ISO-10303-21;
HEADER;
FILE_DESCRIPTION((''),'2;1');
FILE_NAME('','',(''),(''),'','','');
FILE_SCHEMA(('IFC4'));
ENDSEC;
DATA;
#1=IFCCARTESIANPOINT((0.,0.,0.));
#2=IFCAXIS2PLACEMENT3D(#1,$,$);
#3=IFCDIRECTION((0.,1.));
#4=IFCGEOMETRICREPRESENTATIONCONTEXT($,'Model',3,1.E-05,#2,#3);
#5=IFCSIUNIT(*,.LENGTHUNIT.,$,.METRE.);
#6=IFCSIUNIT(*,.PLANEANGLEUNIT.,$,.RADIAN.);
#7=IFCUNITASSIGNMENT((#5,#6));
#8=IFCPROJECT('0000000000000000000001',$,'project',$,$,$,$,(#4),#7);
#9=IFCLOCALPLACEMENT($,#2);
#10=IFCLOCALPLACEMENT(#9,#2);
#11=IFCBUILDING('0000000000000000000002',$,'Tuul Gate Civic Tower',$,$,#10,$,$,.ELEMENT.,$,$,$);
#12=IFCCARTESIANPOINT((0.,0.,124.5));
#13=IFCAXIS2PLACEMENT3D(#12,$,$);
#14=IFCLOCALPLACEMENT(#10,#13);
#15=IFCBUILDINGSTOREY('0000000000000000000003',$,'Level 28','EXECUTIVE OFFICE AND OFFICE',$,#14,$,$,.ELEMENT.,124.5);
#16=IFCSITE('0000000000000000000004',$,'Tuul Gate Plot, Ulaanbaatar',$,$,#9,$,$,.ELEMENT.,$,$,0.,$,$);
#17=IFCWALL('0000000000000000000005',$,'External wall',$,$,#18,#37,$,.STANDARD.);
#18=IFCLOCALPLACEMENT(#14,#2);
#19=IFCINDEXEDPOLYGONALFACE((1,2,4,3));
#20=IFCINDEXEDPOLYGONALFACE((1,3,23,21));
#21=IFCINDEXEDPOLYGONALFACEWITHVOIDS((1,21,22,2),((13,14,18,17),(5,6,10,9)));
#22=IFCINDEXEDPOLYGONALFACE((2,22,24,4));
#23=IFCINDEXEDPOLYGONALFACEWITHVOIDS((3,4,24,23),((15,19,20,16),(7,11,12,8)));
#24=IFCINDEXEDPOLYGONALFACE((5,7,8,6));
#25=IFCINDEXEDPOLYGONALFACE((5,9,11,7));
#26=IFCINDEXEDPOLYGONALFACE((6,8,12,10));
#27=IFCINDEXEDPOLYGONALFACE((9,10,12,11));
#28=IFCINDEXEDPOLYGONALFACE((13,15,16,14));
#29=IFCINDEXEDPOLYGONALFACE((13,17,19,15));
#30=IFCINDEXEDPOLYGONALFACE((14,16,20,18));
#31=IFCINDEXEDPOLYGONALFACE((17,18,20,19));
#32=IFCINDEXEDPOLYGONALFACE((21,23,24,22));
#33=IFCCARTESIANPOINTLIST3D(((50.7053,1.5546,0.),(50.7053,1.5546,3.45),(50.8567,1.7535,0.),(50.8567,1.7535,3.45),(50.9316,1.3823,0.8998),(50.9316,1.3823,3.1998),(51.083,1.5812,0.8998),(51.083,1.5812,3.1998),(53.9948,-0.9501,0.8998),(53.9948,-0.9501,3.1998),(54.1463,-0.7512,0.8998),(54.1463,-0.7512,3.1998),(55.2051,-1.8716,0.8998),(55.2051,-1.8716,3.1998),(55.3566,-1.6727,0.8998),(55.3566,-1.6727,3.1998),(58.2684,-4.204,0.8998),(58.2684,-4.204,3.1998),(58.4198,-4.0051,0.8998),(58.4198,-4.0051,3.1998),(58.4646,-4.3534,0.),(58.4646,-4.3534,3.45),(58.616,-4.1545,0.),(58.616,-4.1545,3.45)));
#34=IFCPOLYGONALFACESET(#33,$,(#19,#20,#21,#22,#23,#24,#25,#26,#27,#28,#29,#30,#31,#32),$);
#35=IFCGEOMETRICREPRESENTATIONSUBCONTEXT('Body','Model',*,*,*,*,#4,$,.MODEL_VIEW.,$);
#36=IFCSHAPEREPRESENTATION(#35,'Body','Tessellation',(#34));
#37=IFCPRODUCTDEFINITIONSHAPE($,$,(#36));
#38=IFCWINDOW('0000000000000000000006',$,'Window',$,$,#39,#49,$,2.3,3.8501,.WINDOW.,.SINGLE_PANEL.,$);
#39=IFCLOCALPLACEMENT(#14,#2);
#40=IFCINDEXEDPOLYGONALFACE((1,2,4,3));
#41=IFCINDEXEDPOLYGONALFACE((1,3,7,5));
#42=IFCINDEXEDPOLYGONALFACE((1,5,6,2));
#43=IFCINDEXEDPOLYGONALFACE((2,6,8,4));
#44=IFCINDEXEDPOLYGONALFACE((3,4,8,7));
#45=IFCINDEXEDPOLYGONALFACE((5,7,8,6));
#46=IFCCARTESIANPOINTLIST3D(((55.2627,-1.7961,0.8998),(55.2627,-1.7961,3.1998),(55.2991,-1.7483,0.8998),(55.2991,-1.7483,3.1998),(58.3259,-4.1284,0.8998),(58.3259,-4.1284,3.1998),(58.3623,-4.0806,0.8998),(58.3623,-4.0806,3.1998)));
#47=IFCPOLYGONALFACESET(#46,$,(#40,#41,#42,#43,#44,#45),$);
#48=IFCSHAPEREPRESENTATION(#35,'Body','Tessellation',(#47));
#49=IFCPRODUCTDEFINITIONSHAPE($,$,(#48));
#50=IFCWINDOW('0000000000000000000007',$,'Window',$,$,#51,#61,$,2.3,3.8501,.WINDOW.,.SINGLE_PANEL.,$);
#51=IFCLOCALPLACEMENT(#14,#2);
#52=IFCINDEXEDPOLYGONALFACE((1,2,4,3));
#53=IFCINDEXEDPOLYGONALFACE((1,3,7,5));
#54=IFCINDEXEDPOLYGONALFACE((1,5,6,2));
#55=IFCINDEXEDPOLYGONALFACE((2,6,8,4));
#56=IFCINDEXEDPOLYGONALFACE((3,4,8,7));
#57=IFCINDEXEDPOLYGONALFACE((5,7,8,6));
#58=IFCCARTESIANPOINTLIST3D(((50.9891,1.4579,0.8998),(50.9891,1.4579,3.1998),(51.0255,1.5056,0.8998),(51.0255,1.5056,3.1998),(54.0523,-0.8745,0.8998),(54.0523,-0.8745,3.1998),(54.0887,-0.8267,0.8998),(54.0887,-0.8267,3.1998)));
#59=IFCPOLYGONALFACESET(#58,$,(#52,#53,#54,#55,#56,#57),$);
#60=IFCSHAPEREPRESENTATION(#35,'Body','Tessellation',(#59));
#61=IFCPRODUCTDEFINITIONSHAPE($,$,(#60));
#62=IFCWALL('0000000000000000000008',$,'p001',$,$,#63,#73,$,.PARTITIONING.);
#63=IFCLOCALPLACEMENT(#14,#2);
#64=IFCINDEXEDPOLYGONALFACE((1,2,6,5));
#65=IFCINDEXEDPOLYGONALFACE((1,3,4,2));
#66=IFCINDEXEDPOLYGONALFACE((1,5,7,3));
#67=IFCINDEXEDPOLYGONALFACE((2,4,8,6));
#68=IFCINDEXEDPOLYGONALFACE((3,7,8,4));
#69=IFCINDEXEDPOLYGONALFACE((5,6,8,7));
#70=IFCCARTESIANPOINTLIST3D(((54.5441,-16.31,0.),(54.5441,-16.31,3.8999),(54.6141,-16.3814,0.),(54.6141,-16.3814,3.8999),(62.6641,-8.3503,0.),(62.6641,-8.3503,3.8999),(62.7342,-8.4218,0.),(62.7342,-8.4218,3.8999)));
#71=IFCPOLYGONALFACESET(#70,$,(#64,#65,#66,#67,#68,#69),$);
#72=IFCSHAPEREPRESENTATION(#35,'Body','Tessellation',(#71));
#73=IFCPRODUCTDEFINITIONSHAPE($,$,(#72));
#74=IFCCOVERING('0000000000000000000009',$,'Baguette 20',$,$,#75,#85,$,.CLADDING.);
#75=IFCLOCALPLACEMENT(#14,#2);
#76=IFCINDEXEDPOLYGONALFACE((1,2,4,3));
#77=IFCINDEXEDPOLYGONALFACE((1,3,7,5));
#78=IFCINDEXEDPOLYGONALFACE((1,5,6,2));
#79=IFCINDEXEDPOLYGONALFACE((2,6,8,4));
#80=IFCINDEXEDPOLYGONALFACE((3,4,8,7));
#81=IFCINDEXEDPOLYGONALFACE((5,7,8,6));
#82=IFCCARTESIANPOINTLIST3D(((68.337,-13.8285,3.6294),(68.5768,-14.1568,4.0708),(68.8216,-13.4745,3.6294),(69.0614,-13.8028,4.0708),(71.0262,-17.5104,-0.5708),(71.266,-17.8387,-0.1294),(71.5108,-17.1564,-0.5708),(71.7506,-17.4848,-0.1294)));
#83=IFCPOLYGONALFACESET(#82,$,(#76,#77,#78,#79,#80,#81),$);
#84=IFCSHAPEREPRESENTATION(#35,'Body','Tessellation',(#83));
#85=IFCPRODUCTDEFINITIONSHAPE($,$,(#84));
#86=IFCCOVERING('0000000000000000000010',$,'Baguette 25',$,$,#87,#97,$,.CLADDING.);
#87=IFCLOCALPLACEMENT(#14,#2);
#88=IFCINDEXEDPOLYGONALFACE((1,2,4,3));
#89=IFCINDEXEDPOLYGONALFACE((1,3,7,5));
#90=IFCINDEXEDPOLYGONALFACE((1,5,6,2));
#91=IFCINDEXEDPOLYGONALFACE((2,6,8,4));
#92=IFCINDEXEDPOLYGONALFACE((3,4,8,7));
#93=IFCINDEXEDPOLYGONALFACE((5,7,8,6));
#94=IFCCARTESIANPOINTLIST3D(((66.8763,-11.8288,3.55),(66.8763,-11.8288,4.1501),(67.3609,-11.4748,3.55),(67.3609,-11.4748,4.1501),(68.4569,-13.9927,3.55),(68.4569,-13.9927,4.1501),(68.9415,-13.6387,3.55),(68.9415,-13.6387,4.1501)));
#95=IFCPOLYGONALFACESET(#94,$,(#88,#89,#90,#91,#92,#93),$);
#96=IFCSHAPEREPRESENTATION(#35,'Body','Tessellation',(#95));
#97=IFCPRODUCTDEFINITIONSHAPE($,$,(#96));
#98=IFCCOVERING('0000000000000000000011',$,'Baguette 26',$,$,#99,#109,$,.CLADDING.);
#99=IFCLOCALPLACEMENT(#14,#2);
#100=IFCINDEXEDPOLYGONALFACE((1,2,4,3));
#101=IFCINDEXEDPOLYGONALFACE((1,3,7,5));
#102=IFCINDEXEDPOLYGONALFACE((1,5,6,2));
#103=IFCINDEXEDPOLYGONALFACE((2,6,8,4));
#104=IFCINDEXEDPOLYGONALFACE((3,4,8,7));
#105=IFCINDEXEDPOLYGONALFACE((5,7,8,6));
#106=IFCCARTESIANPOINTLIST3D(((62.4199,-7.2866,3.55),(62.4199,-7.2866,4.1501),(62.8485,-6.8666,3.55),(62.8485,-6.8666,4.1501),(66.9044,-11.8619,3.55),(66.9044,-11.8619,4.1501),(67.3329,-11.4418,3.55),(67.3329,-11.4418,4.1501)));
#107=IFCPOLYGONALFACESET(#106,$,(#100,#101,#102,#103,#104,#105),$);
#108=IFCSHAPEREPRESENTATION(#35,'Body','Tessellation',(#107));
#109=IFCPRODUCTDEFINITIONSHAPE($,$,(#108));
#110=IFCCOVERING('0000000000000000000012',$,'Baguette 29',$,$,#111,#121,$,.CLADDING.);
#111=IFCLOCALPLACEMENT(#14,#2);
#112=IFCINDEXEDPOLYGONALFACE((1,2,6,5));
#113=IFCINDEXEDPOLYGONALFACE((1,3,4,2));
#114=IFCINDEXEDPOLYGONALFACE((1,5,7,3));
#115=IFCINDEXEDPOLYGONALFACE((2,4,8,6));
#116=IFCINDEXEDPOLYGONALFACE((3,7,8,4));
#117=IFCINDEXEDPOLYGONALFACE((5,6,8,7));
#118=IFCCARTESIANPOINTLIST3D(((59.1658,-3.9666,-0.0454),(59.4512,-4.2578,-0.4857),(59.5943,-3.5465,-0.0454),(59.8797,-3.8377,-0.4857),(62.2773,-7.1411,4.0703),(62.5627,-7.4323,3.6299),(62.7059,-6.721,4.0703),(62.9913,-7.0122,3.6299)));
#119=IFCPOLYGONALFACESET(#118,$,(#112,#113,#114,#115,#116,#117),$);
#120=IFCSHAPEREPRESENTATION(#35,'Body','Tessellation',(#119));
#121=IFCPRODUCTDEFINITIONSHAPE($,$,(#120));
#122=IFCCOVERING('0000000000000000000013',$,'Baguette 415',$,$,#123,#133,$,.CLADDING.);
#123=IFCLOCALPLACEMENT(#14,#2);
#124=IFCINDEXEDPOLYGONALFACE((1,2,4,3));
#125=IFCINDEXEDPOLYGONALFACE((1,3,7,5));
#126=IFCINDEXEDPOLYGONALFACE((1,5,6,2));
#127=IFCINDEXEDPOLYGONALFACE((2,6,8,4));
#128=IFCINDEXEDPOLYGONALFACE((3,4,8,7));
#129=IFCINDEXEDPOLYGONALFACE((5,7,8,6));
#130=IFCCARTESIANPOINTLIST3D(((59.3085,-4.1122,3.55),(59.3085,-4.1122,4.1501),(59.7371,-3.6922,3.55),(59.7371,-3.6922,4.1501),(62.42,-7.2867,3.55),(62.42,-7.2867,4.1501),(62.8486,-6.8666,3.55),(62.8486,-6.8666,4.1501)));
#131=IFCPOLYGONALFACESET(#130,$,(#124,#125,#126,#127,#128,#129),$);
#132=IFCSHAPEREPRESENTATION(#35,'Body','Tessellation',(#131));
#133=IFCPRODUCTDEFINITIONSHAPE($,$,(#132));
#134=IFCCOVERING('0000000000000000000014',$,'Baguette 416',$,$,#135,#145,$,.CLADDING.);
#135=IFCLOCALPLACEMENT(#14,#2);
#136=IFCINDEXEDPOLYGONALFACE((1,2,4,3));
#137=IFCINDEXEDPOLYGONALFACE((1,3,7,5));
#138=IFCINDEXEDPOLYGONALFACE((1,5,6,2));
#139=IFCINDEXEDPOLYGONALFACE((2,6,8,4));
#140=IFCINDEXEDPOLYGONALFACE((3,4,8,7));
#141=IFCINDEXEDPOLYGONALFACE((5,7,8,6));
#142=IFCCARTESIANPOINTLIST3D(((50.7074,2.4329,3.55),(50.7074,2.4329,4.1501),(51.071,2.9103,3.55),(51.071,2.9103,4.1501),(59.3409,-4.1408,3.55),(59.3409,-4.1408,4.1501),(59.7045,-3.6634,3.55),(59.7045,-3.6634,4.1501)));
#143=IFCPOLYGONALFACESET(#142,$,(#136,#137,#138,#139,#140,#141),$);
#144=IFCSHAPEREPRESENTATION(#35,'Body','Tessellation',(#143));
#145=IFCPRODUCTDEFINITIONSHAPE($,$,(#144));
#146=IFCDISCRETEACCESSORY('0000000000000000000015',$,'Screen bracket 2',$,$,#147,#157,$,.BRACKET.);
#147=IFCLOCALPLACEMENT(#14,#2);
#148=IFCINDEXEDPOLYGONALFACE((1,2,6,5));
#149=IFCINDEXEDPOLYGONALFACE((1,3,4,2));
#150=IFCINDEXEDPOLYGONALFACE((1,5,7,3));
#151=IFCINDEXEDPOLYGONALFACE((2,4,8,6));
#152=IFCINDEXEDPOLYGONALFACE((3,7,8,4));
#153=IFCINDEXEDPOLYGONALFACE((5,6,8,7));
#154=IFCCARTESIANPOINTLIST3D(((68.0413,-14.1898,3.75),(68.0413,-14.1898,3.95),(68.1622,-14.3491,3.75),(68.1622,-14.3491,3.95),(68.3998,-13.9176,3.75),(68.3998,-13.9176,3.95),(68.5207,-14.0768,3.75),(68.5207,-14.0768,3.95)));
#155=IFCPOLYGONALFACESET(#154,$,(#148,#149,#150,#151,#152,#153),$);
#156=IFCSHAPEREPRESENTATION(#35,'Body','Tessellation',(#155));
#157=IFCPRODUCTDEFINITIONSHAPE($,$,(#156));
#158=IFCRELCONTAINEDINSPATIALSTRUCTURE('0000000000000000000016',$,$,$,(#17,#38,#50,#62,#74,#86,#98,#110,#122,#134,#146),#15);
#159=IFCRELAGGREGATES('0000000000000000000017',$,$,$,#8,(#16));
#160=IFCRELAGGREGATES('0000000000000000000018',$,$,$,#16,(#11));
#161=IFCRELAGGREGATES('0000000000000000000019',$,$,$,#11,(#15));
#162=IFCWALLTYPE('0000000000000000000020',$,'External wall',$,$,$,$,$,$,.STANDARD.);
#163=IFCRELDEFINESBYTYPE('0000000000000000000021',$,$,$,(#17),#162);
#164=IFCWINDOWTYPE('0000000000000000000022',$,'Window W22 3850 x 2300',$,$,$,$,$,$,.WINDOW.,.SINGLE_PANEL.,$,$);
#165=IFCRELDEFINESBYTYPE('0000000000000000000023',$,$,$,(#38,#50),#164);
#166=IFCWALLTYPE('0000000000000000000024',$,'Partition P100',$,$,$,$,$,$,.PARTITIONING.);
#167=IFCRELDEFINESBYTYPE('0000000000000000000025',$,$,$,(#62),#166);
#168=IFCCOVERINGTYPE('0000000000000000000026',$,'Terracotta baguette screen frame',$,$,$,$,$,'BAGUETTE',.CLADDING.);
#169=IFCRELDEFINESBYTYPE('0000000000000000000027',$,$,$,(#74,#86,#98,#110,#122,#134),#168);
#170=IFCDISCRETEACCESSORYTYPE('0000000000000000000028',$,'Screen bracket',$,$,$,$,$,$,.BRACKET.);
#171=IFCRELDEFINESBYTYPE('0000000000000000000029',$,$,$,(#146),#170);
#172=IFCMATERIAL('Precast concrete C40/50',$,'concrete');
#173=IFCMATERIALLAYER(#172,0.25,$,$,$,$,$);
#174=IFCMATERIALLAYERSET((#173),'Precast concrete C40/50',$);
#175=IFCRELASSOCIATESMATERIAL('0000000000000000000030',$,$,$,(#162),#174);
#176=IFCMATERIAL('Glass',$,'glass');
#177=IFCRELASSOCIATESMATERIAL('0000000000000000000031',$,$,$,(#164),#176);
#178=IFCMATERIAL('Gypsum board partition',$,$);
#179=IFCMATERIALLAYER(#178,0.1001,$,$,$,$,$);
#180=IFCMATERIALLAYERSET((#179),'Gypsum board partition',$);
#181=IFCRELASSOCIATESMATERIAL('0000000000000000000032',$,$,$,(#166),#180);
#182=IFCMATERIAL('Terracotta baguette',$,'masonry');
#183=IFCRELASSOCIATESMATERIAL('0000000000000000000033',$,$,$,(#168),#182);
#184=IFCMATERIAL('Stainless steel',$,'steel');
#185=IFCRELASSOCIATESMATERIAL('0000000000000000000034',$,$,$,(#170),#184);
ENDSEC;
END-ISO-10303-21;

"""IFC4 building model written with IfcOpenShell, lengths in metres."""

from ifc_helpers import new_model, si_unit, direction, frame, frame_2d, origin, origin_2d, place, context, subcontext, project, spatial, rectangle, extrude, material, layer, layer_set, material_profile, profile_set, type_object, element, fill, save


model = new_model("IFC4")

# Units and contexts
model_context = context("Model", 3, precision=1e-05, world=origin(), true_north=direction((0.0, 1.0)))
body_context = subcontext(model_context, "Body", "Model", "MODEL_VIEW")
ifc_project = project(units=[si_unit("LENGTHUNIT", "METRE"), si_unit("PLANEANGLEUNIT", "RADIAN")], contexts=[model_context])

# Site, building, storey
site_placement = place(None, origin())
site = spatial("IfcSite", under=ifc_project, at=site_placement, Name="Tuul Gate Plot, Ulaanbaatar", CompositionType="ELEMENT", RefElevation=0.0)
building_placement = place(site_placement, origin())
building = spatial("IfcBuilding", under=site, at=building_placement, Name="Tuul Gate Civic Tower", CompositionType="ELEMENT")
storey_placement = place(building_placement, frame((0.0, 0.0, 124.5)))
storey = spatial("IfcBuildingStorey", under=building, at=storey_placement, Name="Level 28", Description="EXECUTIVE OFFICE AND OFFICE", CompositionType="ELEMENT", Elevation=124.5)

# Wall, openings, windows
ifc_material_1 = material(Name="Precast concrete C40/50", Category="concrete")
ifc_layer_1 = layer(ifc_material_1, 0.25)
ifc_layer_set_1 = layer_set([ifc_layer_1], Name="Precast concrete C40/50")
wall_type_1 = type_object("IfcWallType", Name="External wall", PredefinedType="STANDARD", material=ifc_layer_set_1)
ifc_material_2 = material(Name="Glass", Category="glass")
window_type = type_object("IfcWindowType", Name="Window W22 3850 x 2300", PartitioningType="SINGLE_PANEL", PredefinedType="WINDOW", material=ifc_material_2)
wall_1_placement = place(storey_placement, frame((58.5403, -4.2539, 0.0), z_axis=(0.0, 0.0, 1.0), x_axis=(-0.795623, 0.605792, 0.0)))
wall_1 = element("IfcWall", 1, at=wall_1_placement, inside=storey, type_object=wall_type_1, Name="External wall", PredefinedType="STANDARD", context=body_context, shape_type="SweptSolid", body=[
    extrude(rectangle(XDim=9.7524, YDim=0.25, at=frame_2d((4.8762, 0.0))), origin(), (0.0, 0.0, 1.0), 3.45),
])
opening_1_placement = place(wall_1_placement, frame((0.2466, 0.0, 0.8999)))
opening_1 = element("IfcOpeningElement", 2, at=opening_1_placement, cuts=wall_1, PredefinedType="OPENING", context=body_context, shape_type="SweptSolid", body=[
    extrude(rectangle(XDim=3.8501, YDim=2.3, at=frame_2d((1.925, 1.1499))), frame((0.0, 0.135, 0.0), z_axis=(0.0, -1.0, 0.0), x_axis=(1.0, 0.0, 0.0)), (0.0, 0.0, 1.0), 0.27),
])
opening_2_placement = place(wall_1_placement, frame((5.6179, 0.0, 0.8999)))
opening_2 = element("IfcOpeningElement", 3, at=opening_2_placement, cuts=wall_1, PredefinedType="OPENING", context=body_context, shape_type="SweptSolid", body=[
    extrude(rectangle(XDim=3.8501, YDim=2.3, at=frame_2d((1.925, 1.1499))), frame((0.0, 0.135, 0.0), z_axis=(0.0, -1.0, 0.0), x_axis=(1.0, 0.0, 0.0)), (0.0, 0.0, 1.0), 0.27),
])
window_1_placement = place(opening_1_placement, origin())
window_1 = element("IfcWindow", 4, at=window_1_placement, inside=storey, type_object=window_type, Name="Window", OverallHeight=2.3, OverallWidth=3.8501, PartitioningType="SINGLE_PANEL", PredefinedType="WINDOW", context=body_context, shape_type="SweptSolid", body=[
    extrude(rectangle(XDim=3.8501, YDim=2.3, at=frame_2d((1.925, 1.1499))), frame((0.0, 0.03, 0.0), z_axis=(0.0, -1.0, 0.0), x_axis=(1.0, 0.0, 0.0)), (0.0, 0.0, 1.0), 0.0601),
])
fill(opening_1, window_1)
window_2_placement = place(opening_2_placement, origin())
window_2 = element("IfcWindow", 5, at=window_2_placement, inside=storey, type_object=window_type, Name="Window", OverallHeight=2.3, OverallWidth=3.8501, PartitioningType="SINGLE_PANEL", PredefinedType="WINDOW", context=body_context, shape_type="SweptSolid", body=[
    extrude(rectangle(XDim=3.8501, YDim=2.3, at=frame_2d((1.925, 1.1499))), frame((0.0, 0.03, 0.0), z_axis=(0.0, -1.0, 0.0), x_axis=(1.0, 0.0, 0.0)), (0.0, 0.0, 1.0), 0.0601),
])
fill(opening_2, window_2)

# Wall
ifc_material_3 = material(Name="Gypsum board partition")
ifc_layer_2 = layer(ifc_material_3, 0.1001)
ifc_layer_set_2 = layer_set([ifc_layer_2], Name="Gypsum board partition")
wall_type_2 = type_object("IfcWallType", Name="Partition P100", PredefinedType="PARTITIONING", material=ifc_layer_set_2)
wall_2_placement = place(storey_placement, frame((54.5791, -16.3457, 0.0), z_axis=(0.0, 0.0, 1.0), x_axis=(0.714125, 0.700018, 0.0)))
element("IfcWall", 6, at=wall_2_placement, inside=storey, type_object=wall_type_2, Name="p001", PredefinedType="PARTITIONING", context=body_context, shape_type="SweptSolid", body=[
    extrude(rectangle(XDim=11.3706, YDim=0.1001, at=frame_2d((5.6853, 0.0))), origin(), (0.0, 0.0, 1.0), 3.8999),
])

# Coverings
ifc_material_4 = material(Name="Terracotta baguette", Category="masonry")
ifc_material_profile_1 = material_profile(ifc_material_4, rectangle(XDim=0.6001, YDim=0.6001, at=origin_2d()), Name="Terracotta baguette screen frame")
ifc_profile_set_1 = profile_set([ifc_material_profile_1], Name="Terracotta baguette")
covering_type = type_object("IfcCoveringType", Name="Terracotta baguette screen frame", ElementType="BAGUETTE", PredefinedType="CLADDING", material=ifc_profile_set_1)
covering_1_placement = place(storey_placement, frame((71.3884, -17.4976, -0.3501), z_axis=(-0.433801, 0.593931, 0.677541), x_axis=(-0.807537, -0.589817, 0.0)))
element("IfcCovering", 7, at=covering_1_placement, inside=storey, type_object=covering_type, Name="Baguette 20", PredefinedType="CLADDING", context=body_context, shape_type="SweptSolid", body=[
    extrude(rectangle(XDim=0.6001, YDim=0.6001, at=origin_2d()), origin(), (0.0, 0.0, 1.0), 6.1992),
])
covering_2_placement = place(storey_placement, frame((68.6992, -13.8157, 3.8501), z_axis=(-0.58985, 0.807513, 0.0), x_axis=(-0.807513, -0.58985, 0.0)))
element("IfcCovering", 8, at=covering_2_placement, inside=storey, type_object=covering_type, Name="Baguette 25", PredefinedType="CLADDING", context=body_context, shape_type="SweptSolid", body=[
    extrude(rectangle(XDim=0.6001, YDim=0.6001, at=origin_2d()), origin(), (0.0, 0.0, 1.0), 2.6797),
])
covering_3_placement = place(storey_placement, frame((67.1187, -11.6519, 3.8501), z_axis=(-0.699983, 0.714159, 0.0), x_axis=(-0.714159, -0.699983, 0.0)))
element("IfcCovering", 9, at=covering_3_placement, inside=storey, type_object=covering_type, Name="Baguette 26", PredefinedType="CLADDING", context=body_context, shape_type="SweptSolid", body=[
    extrude(rectangle(XDim=0.6001, YDim=0.6001, at=origin_2d()), origin(), (0.0, 0.0, 1.0), 6.4065),
])
covering_4_placement = place(storey_placement, frame((62.6343, -7.0767, 3.8501), z_axis=(-0.513634, 0.524031, -0.679391), x_axis=(-0.714156, -0.699986, 0.0)))
element("IfcCovering", 10, at=covering_4_placement, inside=storey, type_object=covering_type, Name="Baguette 29", PredefinedType="CLADDING", context=body_context, shape_type="SweptSolid", body=[
    extrude(rectangle(XDim=0.6001, YDim=0.6001, at=origin_2d()), origin(), (0.0, 0.0, 1.0), 6.0579),
])
covering_5_placement = place(storey_placement, frame((62.6343, -7.0767, 3.8501), z_axis=(-0.699986, 0.714156, 0.0), x_axis=(-0.714156, -0.699986, 0.0)))
element("IfcCovering", 11, at=covering_5_placement, inside=storey, type_object=covering_type, Name="Baguette 415", PredefinedType="CLADDING", context=body_context, shape_type="SweptSolid", body=[
    extrude(rectangle(XDim=0.6001, YDim=0.6001, at=origin_2d()), origin(), (0.0, 0.0, 1.0), 4.4451),
])
covering_6_placement = place(storey_placement, frame((59.5227, -3.9021, 3.8501), z_axis=(-0.795619, 0.605798, 0.0), x_axis=(-0.605798, -0.795619, 0.0)))
element("IfcCovering", 12, at=covering_6_placement, inside=storey, type_object=covering_type, Name="Baguette 416", PredefinedType="CLADDING", context=body_context, shape_type="SweptSolid", body=[
    extrude(rectangle(XDim=0.6001, YDim=0.6001, at=origin_2d()), origin(), (0.0, 0.0, 1.0), 10.8513),
])

# Discrete accessory
ifc_material_5 = material(Name="Stainless steel", Category="steel")
discrete_accessory_type = type_object("IfcDiscreteAccessoryType", Name="Screen bracket", PredefinedType="BRACKET", material=ifc_material_5)
discrete_accessory_placement = place(storey_placement, frame((68.281, -14.1333, 3.75), z_axis=(0.0, 0.0, 1.0), x_axis=(0.796416, 0.604749, 0.0)))
element("IfcDiscreteAccessory", 13, at=discrete_accessory_placement, inside=storey, type_object=discrete_accessory_type, Name="Screen bracket 2", PredefinedType="BRACKET", context=body_context, shape_type="SweptSolid", body=[
    extrude(rectangle(XDim=0.4502, YDim=0.2, at=origin_2d()), origin(), (0.0, 0.0, 1.0), 0.2),
])

save(model, "model.ifc")
